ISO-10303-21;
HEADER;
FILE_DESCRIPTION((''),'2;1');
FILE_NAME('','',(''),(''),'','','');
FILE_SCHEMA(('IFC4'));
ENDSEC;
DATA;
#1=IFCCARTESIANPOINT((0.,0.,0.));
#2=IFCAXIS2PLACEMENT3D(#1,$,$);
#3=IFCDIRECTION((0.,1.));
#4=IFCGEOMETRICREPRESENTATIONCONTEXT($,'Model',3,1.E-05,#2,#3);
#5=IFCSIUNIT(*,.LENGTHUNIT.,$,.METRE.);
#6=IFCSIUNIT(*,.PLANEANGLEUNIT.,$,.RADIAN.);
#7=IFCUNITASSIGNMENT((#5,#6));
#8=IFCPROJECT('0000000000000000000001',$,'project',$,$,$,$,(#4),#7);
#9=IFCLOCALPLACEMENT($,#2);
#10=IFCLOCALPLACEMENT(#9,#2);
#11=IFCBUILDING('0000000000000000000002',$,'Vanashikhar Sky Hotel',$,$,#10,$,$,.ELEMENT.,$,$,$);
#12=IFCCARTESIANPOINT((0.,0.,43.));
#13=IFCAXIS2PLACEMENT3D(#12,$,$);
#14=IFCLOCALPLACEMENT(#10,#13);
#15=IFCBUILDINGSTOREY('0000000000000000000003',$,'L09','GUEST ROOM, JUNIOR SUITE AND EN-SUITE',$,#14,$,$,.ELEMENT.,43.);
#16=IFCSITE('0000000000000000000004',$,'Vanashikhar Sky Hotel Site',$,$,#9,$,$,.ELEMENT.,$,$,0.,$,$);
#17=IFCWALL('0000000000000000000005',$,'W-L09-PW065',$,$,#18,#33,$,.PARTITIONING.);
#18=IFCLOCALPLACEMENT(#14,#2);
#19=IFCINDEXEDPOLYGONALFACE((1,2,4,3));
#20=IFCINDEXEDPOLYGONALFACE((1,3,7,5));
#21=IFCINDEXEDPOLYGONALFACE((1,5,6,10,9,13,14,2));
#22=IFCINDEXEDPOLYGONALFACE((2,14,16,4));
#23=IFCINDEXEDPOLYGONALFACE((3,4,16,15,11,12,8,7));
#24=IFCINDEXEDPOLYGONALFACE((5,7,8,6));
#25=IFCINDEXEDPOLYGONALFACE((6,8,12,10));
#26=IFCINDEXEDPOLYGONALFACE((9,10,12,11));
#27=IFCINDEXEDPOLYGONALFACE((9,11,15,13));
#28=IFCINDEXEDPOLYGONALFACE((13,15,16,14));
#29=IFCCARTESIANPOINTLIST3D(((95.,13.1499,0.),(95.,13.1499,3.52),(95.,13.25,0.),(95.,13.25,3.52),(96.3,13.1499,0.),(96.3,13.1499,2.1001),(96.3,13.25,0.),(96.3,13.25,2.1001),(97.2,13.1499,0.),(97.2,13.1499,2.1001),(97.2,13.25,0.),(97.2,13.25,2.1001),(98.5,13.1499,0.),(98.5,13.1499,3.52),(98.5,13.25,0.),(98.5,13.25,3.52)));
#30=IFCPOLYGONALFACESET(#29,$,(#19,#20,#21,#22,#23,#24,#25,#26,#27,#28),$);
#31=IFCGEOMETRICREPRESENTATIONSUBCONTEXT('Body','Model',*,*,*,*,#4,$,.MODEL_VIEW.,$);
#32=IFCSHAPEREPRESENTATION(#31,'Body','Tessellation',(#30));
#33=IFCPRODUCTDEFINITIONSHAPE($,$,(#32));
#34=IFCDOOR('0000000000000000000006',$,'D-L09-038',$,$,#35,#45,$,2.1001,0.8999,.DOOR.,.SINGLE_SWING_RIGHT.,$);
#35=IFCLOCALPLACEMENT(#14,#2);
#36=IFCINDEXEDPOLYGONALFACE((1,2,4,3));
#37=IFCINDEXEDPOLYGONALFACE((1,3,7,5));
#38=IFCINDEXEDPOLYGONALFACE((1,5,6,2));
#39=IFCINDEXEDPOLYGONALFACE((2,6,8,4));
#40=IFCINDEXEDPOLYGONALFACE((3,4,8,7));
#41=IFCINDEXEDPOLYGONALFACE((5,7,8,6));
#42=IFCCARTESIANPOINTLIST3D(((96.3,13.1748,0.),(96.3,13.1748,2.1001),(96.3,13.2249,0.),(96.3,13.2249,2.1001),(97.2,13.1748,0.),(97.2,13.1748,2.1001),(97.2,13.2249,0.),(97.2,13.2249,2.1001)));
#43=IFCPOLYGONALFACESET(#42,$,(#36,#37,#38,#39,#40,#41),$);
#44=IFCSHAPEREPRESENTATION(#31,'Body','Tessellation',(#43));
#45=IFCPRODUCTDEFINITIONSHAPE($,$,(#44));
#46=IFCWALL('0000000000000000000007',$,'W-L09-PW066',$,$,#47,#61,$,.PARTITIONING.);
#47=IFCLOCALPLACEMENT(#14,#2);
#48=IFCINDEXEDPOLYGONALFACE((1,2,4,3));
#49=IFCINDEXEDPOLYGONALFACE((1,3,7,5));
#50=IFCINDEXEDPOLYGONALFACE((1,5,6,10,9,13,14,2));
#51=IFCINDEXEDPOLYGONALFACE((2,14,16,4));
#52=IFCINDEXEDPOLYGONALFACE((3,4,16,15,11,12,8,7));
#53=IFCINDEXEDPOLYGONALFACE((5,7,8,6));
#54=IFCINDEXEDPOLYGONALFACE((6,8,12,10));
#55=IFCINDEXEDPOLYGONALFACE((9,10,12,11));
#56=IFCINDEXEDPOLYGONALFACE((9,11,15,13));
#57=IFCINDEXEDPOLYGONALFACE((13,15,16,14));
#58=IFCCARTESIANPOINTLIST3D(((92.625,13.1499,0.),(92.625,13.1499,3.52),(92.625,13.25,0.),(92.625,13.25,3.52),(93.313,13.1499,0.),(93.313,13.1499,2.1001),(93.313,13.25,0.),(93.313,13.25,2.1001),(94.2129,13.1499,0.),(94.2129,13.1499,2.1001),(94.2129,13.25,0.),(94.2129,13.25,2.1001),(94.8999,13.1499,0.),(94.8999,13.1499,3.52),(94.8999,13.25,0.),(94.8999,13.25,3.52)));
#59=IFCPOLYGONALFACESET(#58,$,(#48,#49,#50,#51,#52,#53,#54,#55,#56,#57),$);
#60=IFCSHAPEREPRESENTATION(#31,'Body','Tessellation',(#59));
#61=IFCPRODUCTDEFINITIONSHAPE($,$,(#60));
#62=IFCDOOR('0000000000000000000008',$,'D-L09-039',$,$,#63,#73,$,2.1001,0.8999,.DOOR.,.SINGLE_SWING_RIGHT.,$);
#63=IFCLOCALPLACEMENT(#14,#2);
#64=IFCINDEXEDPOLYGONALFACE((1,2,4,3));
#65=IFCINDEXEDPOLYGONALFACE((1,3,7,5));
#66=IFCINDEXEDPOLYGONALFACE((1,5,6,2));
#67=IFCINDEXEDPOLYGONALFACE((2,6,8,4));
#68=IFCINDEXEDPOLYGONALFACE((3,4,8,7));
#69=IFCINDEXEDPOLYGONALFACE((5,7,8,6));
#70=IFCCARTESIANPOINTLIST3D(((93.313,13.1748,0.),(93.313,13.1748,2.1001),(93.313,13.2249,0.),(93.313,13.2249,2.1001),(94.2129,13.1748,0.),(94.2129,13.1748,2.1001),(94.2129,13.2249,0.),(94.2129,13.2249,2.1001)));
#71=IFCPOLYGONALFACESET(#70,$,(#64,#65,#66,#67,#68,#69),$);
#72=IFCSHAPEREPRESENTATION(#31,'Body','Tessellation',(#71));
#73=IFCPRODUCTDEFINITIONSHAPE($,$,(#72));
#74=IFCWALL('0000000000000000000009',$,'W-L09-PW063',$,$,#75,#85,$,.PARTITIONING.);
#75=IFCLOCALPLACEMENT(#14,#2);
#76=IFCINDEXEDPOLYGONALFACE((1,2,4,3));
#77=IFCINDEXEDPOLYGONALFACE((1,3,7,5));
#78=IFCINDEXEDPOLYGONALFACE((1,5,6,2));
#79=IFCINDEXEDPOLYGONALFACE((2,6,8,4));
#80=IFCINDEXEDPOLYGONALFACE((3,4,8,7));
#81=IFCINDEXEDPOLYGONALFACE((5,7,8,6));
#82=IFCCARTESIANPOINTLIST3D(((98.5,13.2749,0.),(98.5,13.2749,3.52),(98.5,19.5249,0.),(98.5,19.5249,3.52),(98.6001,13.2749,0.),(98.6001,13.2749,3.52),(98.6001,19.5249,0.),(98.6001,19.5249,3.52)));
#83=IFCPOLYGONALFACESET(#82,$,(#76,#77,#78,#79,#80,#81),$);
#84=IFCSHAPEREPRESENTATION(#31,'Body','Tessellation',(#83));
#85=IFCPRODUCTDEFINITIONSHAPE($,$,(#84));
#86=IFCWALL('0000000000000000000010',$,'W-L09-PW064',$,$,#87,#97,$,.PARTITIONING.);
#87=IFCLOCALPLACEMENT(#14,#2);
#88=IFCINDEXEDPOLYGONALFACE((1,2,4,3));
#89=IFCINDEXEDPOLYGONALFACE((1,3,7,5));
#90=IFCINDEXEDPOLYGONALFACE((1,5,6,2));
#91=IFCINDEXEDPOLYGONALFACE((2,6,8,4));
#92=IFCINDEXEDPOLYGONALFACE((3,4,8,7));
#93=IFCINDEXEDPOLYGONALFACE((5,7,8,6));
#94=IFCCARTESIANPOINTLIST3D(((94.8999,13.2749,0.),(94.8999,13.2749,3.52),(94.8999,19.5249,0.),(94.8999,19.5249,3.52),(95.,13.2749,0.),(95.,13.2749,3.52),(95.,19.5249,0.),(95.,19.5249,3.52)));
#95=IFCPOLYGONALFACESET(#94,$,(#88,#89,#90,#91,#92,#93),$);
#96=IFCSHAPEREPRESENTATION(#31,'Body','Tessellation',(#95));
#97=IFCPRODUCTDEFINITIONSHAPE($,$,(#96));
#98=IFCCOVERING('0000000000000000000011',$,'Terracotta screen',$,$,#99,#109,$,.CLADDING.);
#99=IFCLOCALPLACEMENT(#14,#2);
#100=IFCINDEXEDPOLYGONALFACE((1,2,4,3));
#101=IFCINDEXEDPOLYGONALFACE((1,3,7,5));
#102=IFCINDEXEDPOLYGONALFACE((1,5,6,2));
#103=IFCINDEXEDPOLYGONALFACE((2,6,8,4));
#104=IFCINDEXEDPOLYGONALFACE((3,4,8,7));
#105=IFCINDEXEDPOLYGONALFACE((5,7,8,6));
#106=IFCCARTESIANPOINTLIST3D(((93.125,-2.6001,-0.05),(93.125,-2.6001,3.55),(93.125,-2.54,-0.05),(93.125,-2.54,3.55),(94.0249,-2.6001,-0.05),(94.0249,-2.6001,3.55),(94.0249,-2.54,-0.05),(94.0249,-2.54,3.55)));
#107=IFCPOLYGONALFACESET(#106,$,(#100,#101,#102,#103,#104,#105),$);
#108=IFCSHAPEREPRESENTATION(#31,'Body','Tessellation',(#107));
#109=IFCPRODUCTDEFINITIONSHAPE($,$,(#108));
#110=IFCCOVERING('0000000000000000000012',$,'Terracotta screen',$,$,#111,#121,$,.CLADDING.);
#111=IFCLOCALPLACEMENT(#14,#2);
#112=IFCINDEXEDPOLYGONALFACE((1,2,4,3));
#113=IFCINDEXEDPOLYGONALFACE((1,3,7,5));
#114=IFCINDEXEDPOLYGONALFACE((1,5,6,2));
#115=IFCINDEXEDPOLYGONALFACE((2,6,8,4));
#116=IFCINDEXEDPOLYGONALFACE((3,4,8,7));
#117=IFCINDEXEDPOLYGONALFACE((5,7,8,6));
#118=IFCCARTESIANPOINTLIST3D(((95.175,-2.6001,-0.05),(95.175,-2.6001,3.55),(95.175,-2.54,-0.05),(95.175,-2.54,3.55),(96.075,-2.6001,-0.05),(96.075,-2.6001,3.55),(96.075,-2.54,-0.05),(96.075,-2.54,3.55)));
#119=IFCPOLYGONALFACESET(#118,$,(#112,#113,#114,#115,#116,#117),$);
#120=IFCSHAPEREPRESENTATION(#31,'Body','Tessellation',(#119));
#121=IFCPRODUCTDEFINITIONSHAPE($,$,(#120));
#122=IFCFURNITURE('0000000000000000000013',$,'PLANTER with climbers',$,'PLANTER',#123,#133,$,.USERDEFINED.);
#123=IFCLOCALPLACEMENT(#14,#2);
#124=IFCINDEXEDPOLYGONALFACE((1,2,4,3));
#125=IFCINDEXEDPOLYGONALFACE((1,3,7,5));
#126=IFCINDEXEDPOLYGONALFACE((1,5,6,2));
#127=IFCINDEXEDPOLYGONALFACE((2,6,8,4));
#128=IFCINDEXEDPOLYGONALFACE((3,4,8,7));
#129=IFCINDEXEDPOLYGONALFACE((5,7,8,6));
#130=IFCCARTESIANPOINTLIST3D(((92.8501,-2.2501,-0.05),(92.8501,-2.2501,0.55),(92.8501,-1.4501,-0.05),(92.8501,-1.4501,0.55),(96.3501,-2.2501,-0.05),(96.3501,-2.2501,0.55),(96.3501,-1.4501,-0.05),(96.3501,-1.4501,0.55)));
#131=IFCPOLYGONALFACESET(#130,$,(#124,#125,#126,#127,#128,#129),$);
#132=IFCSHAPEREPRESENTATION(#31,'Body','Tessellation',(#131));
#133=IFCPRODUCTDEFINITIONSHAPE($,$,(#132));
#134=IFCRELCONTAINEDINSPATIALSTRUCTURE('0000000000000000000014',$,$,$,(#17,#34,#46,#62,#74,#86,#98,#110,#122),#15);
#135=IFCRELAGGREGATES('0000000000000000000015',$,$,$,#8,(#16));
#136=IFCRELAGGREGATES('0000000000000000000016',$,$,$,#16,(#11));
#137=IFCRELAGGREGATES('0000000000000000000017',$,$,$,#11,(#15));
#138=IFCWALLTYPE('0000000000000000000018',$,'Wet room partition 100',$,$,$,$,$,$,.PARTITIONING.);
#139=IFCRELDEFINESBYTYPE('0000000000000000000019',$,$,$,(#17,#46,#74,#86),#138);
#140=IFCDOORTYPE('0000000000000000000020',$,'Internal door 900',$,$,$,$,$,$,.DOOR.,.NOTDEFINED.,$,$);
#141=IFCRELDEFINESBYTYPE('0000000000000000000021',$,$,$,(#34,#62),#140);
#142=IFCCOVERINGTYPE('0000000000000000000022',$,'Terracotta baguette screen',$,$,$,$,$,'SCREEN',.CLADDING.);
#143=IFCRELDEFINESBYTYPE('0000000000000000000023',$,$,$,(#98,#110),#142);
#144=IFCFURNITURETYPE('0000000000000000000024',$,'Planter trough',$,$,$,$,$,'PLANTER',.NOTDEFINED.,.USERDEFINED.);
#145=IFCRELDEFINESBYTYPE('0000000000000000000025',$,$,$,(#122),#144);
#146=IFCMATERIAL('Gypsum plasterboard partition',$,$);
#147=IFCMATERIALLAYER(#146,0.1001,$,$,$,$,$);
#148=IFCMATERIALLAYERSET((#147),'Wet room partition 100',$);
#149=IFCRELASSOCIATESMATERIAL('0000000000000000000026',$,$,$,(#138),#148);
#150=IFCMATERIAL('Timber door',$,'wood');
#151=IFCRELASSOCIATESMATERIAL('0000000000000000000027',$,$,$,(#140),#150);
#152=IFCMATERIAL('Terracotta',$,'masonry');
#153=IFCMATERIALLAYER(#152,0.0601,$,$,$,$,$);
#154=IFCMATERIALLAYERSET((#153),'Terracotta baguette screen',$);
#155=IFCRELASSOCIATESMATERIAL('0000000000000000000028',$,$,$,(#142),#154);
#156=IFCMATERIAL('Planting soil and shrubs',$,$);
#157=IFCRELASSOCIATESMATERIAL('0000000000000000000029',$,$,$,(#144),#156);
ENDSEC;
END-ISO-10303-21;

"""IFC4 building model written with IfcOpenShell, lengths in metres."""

from ifc_helpers import new_model, si_unit, direction, frame, frame_2d, origin, origin_2d, place, context, subcontext, project, spatial, rectangle, extrude, source, transform, mapped, material, layer, layer_set, type_object, element, fill, save


model = new_model("IFC4")

# Units and contexts
model_context = context("Model", 3, precision=1e-05, world=origin(), true_north=direction((0.0, 1.0)))
body_context = subcontext(model_context, "Body", "Model", "MODEL_VIEW")
ifc_project = project(units=[si_unit("LENGTHUNIT", "METRE"), si_unit("PLANEANGLEUNIT", "RADIAN")], contexts=[model_context])

# Site, building, storey
site_placement = place(None, origin())
site = spatial("IfcSite", under=ifc_project, at=site_placement, Name="Vanashikhar Sky Hotel Site", CompositionType="ELEMENT", RefElevation=0.0)
building_placement = place(site_placement, origin())
building = spatial("IfcBuilding", under=site, at=building_placement, Name="Vanashikhar Sky Hotel", CompositionType="ELEMENT")
storey_placement = place(building_placement, frame((0.0, 0.0, 43.0)))
storey = spatial("IfcBuildingStorey", under=building, at=storey_placement, Name="L09", Description="GUEST ROOM, JUNIOR SUITE AND EN-SUITE", CompositionType="ELEMENT", Elevation=43.0)

# Walls, openings, doors
ifc_material_1 = material(Name="Gypsum plasterboard partition")
ifc_layer_1 = layer(ifc_material_1, 0.1001)
ifc_layer_set_1 = layer_set([ifc_layer_1], Name="Wet room partition 100")
wall_type_1 = type_object("IfcWallType", Name="Wet room partition 100", PredefinedType="PARTITIONING", material=ifc_layer_set_1)
shared_shape_1 = source(origin(), body_context, "Body", "SweptSolid", [
    extrude(rectangle(XDim=3.5, YDim=0.1001, at=frame_2d((1.75, 0.0))), origin(), (0.0, 0.0, 1.0), 3.52),
])
wall_1_placement = place(storey_placement, frame((95.0, 13.2, 0.0), z_axis=(0.0, 0.0, 1.0), x_axis=(1.0, 0.0, 0.0)))
wall_1 = element("IfcWall", 1, at=wall_1_placement, inside=storey, type_object=wall_type_1, Name="W-L09-PW065", PredefinedType="PARTITIONING", context=body_context, shape_type="MappedRepresentation", body=[
    mapped(shared_shape_1, transform((0.0, 0.0, 0.0), scale=1.0)),
])
shared_shape_2 = source(origin(), body_context, "Body", "SweptSolid", [
    extrude(rectangle(XDim=0.8999, YDim=2.1001, at=frame_2d((0.45, 1.05))), frame((0.0, 0.0601, 0.0), z_axis=(0.0, -1.0, 0.0), x_axis=(1.0, 0.0, 0.0)), (0.0, 0.0, 1.0), 0.1201),
])
opening_1_placement = place(wall_1_placement, frame((1.3, 0.0, 0.0)))
opening_1 = element("IfcOpeningElement", 2, at=opening_1_placement, cuts=wall_1, PredefinedType="OPENING", context=body_context, shape_type="MappedRepresentation", body=[
    mapped(shared_shape_2, transform((0.0, 0.0, 0.0), scale=1.0)),
])
ifc_material_2 = material(Name="Timber door", Category="wood")
door_type_1 = type_object("IfcDoorType", Name="Internal door 900", OperationType="NOTDEFINED", PredefinedType="DOOR", material=ifc_material_2)
shared_shape_3 = source(origin(), body_context, "Body", "SweptSolid", [
    extrude(rectangle(XDim=0.8999, YDim=2.1001, at=frame_2d((0.45, 1.05))), frame((0.0, 0.0249, 0.0), z_axis=(0.0, -1.0, 0.0), x_axis=(1.0, 0.0, 0.0)), (0.0, 0.0, 1.0), 0.05),
])
door_1_placement = place(opening_1_placement, origin())
door_1 = element("IfcDoor", 3, at=door_1_placement, inside=storey, type_object=door_type_1, Name="D-L09-038", OperationType="SINGLE_SWING_RIGHT", OverallHeight=2.1001, OverallWidth=0.8999, PredefinedType="DOOR", context=body_context, shape_type="MappedRepresentation", body=[
    mapped(shared_shape_3, transform((0.0, 0.0, 0.0), scale=1.0)),
])
fill(opening_1, door_1)
shared_shape_4 = source(origin(), body_context, "Body", "SweptSolid", [
    extrude(rectangle(XDim=2.2749, YDim=0.1001, at=frame_2d((1.1375, 0.0))), origin(), (0.0, 0.0, 1.0), 3.52),
])
wall_2_placement = place(storey_placement, frame((92.625, 13.2, 0.0), z_axis=(0.0, 0.0, 1.0), x_axis=(1.0, 0.0, 0.0)))
wall_2 = element("IfcWall", 4, at=wall_2_placement, inside=storey, type_object=wall_type_1, Name="W-L09-PW066", PredefinedType="PARTITIONING", context=body_context, shape_type="MappedRepresentation", body=[
    mapped(shared_shape_4, transform((0.0, 0.0, 0.0), scale=1.0)),
])
opening_2_placement = place(wall_2_placement, frame((0.688, 0.0, 0.0)))
opening_2 = element("IfcOpeningElement", 5, at=opening_2_placement, cuts=wall_2, PredefinedType="OPENING", context=body_context, shape_type="MappedRepresentation", body=[
    mapped(shared_shape_2, transform((0.0, 0.0, 0.0), scale=1.0)),
])
door_2_placement = place(opening_2_placement, origin())
door_2 = element("IfcDoor", 6, at=door_2_placement, inside=storey, type_object=door_type_1, Name="D-L09-039", OperationType="SINGLE_SWING_RIGHT", OverallHeight=2.1001, OverallWidth=0.8999, PredefinedType="DOOR", context=body_context, shape_type="MappedRepresentation", body=[
    mapped(shared_shape_3, transform((0.0, 0.0, 0.0), scale=1.0)),
])
fill(opening_2, door_2)

# Walls
shared_shape_5 = source(origin(), body_context, "Body", "SweptSolid", [
    extrude(rectangle(XDim=6.25, YDim=0.1001, at=frame_2d((3.125, 0.0))), origin(), (0.0, 0.0, 1.0), 3.52),
])
for number, where, z_axis, x_axis, name in (
    (7, (98.55, 13.2749, 0.0), (0.0, 0.0, 1.0), (0.0, 1.0, 0.0), "W-L09-PW063"),
    (8, (94.95, 13.2749, 0.0), (0.0, 0.0, 1.0), (0.0, 1.0, 0.0), "W-L09-PW064"),
):
    element("IfcWall", number, at=place(storey_placement, frame(where, z_axis=z_axis, x_axis=x_axis)), inside=storey, type_object=wall_type_1, Name=name, PredefinedType="PARTITIONING", context=body_context, shape_type="MappedRepresentation", body=[
        mapped(shared_shape_5, transform((0.0, 0.0, 0.0), scale=1.0)),
    ])

# Coverings
ifc_material_3 = material(Name="Terracotta", Category="masonry")
ifc_layer_2 = layer(ifc_material_3, 0.0601)
ifc_layer_set_2 = layer_set([ifc_layer_2], Name="Terracotta baguette screen")
covering_type = type_object("IfcCoveringType", Name="Terracotta baguette screen", ElementType="SCREEN", PredefinedType="CLADDING", material=ifc_layer_set_2)
shared_shape_6 = source(origin(), body_context, "Body", "SweptSolid", [
    extrude(rectangle(XDim=0.8999, YDim=0.0601, at=origin_2d()), origin(), (0.0, 0.0, 1.0), 3.6001),
])
for number, where, z_axis, x_axis, name in (
    (9, (93.575, -2.5701, -0.05), (0.0, 0.0, 1.0), (1.0, 0.0, 0.0), "Terracotta screen"),
    (10, (95.625, -2.5701, -0.05), (0.0, 0.0, 1.0), (1.0, 0.0, 0.0), "Terracotta screen"),
):
    element("IfcCovering", number, at=place(storey_placement, frame(where, z_axis=z_axis, x_axis=x_axis)), inside=storey, type_object=covering_type, Name=name, PredefinedType="CLADDING", context=body_context, shape_type="MappedRepresentation", body=[
        mapped(shared_shape_6, transform((0.0, 0.0, 0.0), scale=1.0)),
    ])

# Furniture
ifc_material_4 = material(Name="Planting soil and shrubs")
furniture_type = type_object("IfcFurnitureType", Name="Planter trough", ElementType="PLANTER", AssemblyPlace="NOTDEFINED", PredefinedType="USERDEFINED", material=ifc_material_4)
shared_shape_7 = source(origin(), body_context, "Body", "SweptSolid", [
    extrude(rectangle(XDim=3.5, YDim=0.8, at=origin_2d()), origin(), (0.0, 0.0, 1.0), 0.6001),
])
furniture_placement = place(storey_placement, frame((94.6001, -1.8501, -0.05), z_axis=(0.0, 0.0, 1.0), x_axis=(1.0, 0.0, 0.0)))
element("IfcFurniture", 11, at=furniture_placement, inside=storey, type_object=furniture_type, Name="PLANTER with climbers", ObjectType="PLANTER", PredefinedType="USERDEFINED", context=body_context, shape_type="MappedRepresentation", body=[
    mapped(shared_shape_7, transform((0.0, 0.0, 0.0), scale=1.0)),
])

save(model, "model.ifc")
